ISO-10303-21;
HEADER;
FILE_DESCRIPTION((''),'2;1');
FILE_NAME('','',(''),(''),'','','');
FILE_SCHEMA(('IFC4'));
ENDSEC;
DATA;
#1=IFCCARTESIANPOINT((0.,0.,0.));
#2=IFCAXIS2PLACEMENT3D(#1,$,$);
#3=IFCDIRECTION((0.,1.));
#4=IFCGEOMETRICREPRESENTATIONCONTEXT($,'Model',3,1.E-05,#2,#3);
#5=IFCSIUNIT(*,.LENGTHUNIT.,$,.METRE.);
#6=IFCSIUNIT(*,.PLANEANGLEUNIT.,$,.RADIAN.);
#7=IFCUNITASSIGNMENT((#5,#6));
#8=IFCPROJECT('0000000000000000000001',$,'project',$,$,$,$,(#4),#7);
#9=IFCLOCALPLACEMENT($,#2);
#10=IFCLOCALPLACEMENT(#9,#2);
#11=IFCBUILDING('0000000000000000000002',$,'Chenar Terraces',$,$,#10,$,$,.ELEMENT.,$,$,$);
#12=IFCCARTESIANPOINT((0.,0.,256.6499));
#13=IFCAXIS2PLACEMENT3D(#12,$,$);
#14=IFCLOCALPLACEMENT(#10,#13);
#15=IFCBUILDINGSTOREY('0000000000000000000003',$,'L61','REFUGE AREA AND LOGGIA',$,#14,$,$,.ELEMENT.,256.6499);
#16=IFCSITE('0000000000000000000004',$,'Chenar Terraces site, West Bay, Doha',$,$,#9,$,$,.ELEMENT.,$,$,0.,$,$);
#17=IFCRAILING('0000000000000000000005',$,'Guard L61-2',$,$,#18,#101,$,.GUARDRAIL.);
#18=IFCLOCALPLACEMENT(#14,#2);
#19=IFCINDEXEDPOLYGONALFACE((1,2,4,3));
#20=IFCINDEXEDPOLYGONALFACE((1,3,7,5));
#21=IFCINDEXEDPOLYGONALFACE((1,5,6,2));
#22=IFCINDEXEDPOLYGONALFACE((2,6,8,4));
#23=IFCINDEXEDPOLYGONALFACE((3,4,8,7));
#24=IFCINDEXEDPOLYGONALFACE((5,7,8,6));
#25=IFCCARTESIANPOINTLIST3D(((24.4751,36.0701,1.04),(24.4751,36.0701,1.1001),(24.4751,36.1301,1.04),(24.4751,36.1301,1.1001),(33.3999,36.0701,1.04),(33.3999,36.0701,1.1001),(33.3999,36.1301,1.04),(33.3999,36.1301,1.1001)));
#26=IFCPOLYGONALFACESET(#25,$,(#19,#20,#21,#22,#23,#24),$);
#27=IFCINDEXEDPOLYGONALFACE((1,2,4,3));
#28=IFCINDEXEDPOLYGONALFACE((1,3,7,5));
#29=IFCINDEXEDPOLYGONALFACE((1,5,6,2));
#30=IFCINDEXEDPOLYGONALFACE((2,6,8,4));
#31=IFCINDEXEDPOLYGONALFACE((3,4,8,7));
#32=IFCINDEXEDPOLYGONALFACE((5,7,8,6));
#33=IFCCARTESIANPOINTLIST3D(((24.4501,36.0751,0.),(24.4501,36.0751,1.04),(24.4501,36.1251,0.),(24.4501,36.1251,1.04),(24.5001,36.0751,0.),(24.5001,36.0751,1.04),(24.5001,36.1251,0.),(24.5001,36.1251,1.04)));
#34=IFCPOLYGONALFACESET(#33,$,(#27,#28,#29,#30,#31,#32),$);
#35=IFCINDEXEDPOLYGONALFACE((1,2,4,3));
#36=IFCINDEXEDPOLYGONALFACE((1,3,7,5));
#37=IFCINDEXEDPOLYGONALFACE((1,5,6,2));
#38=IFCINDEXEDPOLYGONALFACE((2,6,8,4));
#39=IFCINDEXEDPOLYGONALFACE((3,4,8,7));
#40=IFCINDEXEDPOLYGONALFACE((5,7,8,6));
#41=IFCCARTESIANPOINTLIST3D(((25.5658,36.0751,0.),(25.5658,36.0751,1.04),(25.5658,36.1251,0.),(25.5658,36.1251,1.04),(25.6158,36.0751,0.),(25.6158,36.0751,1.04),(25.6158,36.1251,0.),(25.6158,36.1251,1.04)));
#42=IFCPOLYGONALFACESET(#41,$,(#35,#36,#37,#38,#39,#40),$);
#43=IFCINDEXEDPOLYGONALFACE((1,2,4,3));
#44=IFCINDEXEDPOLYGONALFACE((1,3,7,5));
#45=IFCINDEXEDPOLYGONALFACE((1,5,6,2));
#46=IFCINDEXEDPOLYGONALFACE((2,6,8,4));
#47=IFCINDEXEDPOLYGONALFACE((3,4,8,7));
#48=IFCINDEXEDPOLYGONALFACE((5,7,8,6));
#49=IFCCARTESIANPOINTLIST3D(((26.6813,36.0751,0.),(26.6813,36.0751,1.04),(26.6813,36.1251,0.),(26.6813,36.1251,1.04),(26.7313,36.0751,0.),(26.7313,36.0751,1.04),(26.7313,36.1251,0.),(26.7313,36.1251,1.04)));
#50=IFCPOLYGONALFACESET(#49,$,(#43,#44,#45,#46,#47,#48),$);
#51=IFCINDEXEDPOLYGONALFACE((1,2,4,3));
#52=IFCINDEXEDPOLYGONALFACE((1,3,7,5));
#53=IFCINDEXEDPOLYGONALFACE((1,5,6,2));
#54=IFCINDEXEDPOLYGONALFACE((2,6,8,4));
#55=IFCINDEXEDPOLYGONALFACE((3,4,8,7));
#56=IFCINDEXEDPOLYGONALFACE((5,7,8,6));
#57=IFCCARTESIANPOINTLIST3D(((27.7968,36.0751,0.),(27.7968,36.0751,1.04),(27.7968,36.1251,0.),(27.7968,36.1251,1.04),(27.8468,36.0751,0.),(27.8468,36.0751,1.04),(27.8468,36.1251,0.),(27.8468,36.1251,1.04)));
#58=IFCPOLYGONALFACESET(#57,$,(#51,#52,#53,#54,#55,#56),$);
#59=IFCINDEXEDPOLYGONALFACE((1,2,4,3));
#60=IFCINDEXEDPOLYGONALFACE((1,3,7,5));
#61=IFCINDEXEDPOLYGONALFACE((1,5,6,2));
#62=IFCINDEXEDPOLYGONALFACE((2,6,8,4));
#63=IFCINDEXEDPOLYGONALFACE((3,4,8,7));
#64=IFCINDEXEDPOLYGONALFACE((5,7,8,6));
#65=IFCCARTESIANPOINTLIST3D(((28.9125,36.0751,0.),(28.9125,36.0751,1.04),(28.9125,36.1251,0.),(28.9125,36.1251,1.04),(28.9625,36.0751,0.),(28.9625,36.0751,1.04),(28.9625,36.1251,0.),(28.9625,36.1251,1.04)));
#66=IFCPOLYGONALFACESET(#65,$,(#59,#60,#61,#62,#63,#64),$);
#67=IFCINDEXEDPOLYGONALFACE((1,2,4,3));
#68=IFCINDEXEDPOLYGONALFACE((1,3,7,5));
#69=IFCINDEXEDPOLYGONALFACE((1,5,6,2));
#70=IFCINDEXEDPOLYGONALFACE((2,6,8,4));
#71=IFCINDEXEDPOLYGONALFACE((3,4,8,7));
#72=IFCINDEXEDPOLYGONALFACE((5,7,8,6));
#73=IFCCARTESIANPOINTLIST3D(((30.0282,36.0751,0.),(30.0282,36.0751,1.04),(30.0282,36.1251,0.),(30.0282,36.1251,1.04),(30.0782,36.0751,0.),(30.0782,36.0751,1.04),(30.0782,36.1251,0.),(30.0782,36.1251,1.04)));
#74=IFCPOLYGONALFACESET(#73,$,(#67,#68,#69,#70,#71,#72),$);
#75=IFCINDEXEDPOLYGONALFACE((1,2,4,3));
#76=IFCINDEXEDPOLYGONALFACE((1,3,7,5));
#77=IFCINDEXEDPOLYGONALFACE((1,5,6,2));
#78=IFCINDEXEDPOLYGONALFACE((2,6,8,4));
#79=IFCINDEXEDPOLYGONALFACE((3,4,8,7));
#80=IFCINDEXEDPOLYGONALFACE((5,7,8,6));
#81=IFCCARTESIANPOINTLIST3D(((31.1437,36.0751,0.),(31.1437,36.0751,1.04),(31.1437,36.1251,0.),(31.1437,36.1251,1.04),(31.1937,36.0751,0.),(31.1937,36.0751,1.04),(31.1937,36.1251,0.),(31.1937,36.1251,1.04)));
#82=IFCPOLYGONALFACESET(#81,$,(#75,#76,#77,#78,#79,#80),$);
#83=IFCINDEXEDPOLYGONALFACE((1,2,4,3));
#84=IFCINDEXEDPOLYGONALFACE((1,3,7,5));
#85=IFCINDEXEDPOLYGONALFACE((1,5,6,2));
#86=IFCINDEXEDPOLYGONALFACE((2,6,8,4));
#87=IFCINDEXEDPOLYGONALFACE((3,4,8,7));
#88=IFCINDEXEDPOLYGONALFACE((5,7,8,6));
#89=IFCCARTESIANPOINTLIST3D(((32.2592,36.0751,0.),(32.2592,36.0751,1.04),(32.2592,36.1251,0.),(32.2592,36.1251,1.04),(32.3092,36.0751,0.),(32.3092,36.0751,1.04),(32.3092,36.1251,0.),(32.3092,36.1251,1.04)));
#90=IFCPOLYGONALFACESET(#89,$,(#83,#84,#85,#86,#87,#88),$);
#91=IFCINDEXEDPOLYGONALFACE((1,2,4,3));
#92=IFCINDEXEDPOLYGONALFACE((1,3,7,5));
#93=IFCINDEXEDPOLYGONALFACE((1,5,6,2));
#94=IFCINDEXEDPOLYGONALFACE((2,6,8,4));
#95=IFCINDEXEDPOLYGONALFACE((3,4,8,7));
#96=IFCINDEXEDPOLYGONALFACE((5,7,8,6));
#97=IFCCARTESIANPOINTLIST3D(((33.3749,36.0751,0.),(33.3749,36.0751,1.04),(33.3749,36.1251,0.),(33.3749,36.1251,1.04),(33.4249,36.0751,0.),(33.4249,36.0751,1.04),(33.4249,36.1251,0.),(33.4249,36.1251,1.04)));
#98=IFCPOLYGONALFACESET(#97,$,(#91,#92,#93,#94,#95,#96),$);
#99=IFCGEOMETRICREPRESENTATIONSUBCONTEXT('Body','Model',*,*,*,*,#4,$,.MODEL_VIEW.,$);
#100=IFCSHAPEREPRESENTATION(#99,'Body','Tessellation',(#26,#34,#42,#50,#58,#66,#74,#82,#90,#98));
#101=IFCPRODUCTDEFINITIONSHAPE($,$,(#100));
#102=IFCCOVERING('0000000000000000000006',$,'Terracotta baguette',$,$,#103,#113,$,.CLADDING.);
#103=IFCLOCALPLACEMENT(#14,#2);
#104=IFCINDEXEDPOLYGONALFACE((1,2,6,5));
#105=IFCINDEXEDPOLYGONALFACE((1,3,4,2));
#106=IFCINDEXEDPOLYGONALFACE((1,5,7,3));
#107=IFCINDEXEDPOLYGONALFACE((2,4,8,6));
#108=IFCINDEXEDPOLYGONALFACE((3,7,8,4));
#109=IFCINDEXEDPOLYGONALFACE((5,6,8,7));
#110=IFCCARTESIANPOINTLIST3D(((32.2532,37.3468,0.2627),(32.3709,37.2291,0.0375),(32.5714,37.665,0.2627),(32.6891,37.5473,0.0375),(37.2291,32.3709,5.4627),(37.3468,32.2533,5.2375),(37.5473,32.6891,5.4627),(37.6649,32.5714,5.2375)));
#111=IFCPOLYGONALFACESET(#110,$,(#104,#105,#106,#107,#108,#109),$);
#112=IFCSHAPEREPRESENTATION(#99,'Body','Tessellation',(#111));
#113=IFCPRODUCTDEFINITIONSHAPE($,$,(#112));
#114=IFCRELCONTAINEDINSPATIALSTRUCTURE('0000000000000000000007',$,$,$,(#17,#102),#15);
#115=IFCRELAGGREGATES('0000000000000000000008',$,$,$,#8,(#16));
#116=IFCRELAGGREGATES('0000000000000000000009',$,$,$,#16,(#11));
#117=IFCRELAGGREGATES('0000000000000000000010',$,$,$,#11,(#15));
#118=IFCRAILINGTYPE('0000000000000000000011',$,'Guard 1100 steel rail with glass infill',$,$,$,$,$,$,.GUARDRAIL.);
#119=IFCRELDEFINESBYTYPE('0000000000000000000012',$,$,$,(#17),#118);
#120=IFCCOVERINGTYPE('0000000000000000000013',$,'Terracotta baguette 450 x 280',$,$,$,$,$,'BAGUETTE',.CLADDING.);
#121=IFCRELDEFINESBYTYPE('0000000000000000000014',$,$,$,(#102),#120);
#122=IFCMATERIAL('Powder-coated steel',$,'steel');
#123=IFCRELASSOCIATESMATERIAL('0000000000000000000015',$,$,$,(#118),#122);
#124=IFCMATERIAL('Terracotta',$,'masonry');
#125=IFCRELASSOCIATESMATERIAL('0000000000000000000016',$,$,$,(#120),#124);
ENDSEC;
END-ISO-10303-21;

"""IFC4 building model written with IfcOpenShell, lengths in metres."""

from ifc_helpers import new_model, si_unit, direction, frame, origin, origin_2d, place, context, subcontext, project, spatial, rectangle, extrude, material, material_profile, profile_set, type_object, element, save


model = new_model("IFC4")

# Units and contexts
model_context = context("Model", 3, precision=1e-05, world=origin(), true_north=direction((0.0, 1.0)))
body_context = subcontext(model_context, "Body", "Model", "MODEL_VIEW")
ifc_project = project(units=[si_unit("LENGTHUNIT", "METRE"), si_unit("PLANEANGLEUNIT", "RADIAN")], contexts=[model_context])

# Site, building, storey
site_placement = place(None, origin())
site = spatial("IfcSite", under=ifc_project, at=site_placement, Name="Chenar Terraces site, West Bay, Doha", CompositionType="ELEMENT", RefElevation=0.0)
building_placement = place(site_placement, origin())
building = spatial("IfcBuilding", under=site, at=building_placement, Name="Chenar Terraces", CompositionType="ELEMENT")
storey_placement = place(building_placement, frame((0.0, 0.0, 256.6499)))
storey = spatial("IfcBuildingStorey", under=building, at=storey_placement, Name="L61", Description="REFUGE AREA AND LOGGIA", CompositionType="ELEMENT", Elevation=256.6499)

# Railing
ifc_material_1 = material(Name="Powder-coated steel", Category="steel")
railing_type = type_object("IfcRailingType", Name="Guard 1100 steel rail with glass infill", PredefinedType="GUARDRAIL", material=ifc_material_1)
railing_1_placement = place(storey_placement, frame((24.4751, 36.1001, 0.0)))
element("IfcRailing", 1, at=railing_1_placement, inside=storey, type_object=railing_type, Name="Guard L61-2", PredefinedType="GUARDRAIL", context=body_context, shape_type="SweptSolid", body=[
    extrude(rectangle(XDim=0.0601, YDim=0.0601, at=origin_2d()), frame((0.0, 0.0, 1.0701), z_axis=(1.0, 0.0, 0.0), x_axis=(0.0, 1.0, 0.0)), (0.0, 0.0, 1.0), 8.9248),
    extrude(rectangle(XDim=0.05, YDim=0.05, at=origin_2d()), origin(), (0.0, 0.0, 1.0), 1.04),
    extrude(rectangle(XDim=0.05, YDim=0.05, at=origin_2d()), frame((1.1157, 0.0, 0.0)), (0.0, 0.0, 1.0), 1.04),
    extrude(rectangle(XDim=0.05, YDim=0.05, at=origin_2d()), frame((2.2312, 0.0, 0.0)), (0.0, 0.0, 1.0), 1.04),
    extrude(rectangle(XDim=0.05, YDim=0.05, at=origin_2d()), frame((3.3467, 0.0, 0.0)), (0.0, 0.0, 1.0), 1.04),
    extrude(rectangle(XDim=0.05, YDim=0.05, at=origin_2d()), frame((4.4624, 0.0, 0.0)), (0.0, 0.0, 1.0), 1.04),
    extrude(rectangle(XDim=0.05, YDim=0.05, at=origin_2d()), frame((5.5781, 0.0, 0.0)), (0.0, 0.0, 1.0), 1.04),
    extrude(rectangle(XDim=0.05, YDim=0.05, at=origin_2d()), frame((6.6936, 0.0, 0.0)), (0.0, 0.0, 1.0), 1.04),
    extrude(rectangle(XDim=0.05, YDim=0.05, at=origin_2d()), frame((7.8091, 0.0, 0.0)), (0.0, 0.0, 1.0), 1.04),
    extrude(rectangle(XDim=0.05, YDim=0.05, at=origin_2d()), frame((8.9248, 0.0, 0.0)), (0.0, 0.0, 1.0), 1.04),
])

# Covering
ifc_material_2 = material(Name="Terracotta", Category="masonry")
ifc_material_profile_1 = material_profile(ifc_material_2, rectangle(XDim=0.45, YDim=0.28, at=origin_2d()), Name="Terracotta baguette 450 x 280")
ifc_profile_set_1 = profile_set([ifc_material_profile_1], Name="Terracotta")
covering_type = type_object("IfcCoveringType", Name="Terracotta baguette 450 x 280", ElementType="BAGUETTE", PredefinedType="CLADDING", material=ifc_profile_set_1)
covering_placement = place(storey_placement, frame((37.447, 32.4712, 5.3501), z_axis=(-0.568686, 0.568686, -0.5943), x_axis=(-0.707107, -0.707107, 0.0)))
element("IfcCovering", 2, at=covering_placement, inside=storey, type_object=covering_type, Name="Terracotta baguette", PredefinedType="CLADDING", context=body_context, shape_type="SweptSolid", body=[
    extrude(rectangle(XDim=0.45, YDim=0.28, at=origin_2d()), origin(), (0.0, 0.0, 1.0), 8.7498),
])

save(model, "model.ifc")
